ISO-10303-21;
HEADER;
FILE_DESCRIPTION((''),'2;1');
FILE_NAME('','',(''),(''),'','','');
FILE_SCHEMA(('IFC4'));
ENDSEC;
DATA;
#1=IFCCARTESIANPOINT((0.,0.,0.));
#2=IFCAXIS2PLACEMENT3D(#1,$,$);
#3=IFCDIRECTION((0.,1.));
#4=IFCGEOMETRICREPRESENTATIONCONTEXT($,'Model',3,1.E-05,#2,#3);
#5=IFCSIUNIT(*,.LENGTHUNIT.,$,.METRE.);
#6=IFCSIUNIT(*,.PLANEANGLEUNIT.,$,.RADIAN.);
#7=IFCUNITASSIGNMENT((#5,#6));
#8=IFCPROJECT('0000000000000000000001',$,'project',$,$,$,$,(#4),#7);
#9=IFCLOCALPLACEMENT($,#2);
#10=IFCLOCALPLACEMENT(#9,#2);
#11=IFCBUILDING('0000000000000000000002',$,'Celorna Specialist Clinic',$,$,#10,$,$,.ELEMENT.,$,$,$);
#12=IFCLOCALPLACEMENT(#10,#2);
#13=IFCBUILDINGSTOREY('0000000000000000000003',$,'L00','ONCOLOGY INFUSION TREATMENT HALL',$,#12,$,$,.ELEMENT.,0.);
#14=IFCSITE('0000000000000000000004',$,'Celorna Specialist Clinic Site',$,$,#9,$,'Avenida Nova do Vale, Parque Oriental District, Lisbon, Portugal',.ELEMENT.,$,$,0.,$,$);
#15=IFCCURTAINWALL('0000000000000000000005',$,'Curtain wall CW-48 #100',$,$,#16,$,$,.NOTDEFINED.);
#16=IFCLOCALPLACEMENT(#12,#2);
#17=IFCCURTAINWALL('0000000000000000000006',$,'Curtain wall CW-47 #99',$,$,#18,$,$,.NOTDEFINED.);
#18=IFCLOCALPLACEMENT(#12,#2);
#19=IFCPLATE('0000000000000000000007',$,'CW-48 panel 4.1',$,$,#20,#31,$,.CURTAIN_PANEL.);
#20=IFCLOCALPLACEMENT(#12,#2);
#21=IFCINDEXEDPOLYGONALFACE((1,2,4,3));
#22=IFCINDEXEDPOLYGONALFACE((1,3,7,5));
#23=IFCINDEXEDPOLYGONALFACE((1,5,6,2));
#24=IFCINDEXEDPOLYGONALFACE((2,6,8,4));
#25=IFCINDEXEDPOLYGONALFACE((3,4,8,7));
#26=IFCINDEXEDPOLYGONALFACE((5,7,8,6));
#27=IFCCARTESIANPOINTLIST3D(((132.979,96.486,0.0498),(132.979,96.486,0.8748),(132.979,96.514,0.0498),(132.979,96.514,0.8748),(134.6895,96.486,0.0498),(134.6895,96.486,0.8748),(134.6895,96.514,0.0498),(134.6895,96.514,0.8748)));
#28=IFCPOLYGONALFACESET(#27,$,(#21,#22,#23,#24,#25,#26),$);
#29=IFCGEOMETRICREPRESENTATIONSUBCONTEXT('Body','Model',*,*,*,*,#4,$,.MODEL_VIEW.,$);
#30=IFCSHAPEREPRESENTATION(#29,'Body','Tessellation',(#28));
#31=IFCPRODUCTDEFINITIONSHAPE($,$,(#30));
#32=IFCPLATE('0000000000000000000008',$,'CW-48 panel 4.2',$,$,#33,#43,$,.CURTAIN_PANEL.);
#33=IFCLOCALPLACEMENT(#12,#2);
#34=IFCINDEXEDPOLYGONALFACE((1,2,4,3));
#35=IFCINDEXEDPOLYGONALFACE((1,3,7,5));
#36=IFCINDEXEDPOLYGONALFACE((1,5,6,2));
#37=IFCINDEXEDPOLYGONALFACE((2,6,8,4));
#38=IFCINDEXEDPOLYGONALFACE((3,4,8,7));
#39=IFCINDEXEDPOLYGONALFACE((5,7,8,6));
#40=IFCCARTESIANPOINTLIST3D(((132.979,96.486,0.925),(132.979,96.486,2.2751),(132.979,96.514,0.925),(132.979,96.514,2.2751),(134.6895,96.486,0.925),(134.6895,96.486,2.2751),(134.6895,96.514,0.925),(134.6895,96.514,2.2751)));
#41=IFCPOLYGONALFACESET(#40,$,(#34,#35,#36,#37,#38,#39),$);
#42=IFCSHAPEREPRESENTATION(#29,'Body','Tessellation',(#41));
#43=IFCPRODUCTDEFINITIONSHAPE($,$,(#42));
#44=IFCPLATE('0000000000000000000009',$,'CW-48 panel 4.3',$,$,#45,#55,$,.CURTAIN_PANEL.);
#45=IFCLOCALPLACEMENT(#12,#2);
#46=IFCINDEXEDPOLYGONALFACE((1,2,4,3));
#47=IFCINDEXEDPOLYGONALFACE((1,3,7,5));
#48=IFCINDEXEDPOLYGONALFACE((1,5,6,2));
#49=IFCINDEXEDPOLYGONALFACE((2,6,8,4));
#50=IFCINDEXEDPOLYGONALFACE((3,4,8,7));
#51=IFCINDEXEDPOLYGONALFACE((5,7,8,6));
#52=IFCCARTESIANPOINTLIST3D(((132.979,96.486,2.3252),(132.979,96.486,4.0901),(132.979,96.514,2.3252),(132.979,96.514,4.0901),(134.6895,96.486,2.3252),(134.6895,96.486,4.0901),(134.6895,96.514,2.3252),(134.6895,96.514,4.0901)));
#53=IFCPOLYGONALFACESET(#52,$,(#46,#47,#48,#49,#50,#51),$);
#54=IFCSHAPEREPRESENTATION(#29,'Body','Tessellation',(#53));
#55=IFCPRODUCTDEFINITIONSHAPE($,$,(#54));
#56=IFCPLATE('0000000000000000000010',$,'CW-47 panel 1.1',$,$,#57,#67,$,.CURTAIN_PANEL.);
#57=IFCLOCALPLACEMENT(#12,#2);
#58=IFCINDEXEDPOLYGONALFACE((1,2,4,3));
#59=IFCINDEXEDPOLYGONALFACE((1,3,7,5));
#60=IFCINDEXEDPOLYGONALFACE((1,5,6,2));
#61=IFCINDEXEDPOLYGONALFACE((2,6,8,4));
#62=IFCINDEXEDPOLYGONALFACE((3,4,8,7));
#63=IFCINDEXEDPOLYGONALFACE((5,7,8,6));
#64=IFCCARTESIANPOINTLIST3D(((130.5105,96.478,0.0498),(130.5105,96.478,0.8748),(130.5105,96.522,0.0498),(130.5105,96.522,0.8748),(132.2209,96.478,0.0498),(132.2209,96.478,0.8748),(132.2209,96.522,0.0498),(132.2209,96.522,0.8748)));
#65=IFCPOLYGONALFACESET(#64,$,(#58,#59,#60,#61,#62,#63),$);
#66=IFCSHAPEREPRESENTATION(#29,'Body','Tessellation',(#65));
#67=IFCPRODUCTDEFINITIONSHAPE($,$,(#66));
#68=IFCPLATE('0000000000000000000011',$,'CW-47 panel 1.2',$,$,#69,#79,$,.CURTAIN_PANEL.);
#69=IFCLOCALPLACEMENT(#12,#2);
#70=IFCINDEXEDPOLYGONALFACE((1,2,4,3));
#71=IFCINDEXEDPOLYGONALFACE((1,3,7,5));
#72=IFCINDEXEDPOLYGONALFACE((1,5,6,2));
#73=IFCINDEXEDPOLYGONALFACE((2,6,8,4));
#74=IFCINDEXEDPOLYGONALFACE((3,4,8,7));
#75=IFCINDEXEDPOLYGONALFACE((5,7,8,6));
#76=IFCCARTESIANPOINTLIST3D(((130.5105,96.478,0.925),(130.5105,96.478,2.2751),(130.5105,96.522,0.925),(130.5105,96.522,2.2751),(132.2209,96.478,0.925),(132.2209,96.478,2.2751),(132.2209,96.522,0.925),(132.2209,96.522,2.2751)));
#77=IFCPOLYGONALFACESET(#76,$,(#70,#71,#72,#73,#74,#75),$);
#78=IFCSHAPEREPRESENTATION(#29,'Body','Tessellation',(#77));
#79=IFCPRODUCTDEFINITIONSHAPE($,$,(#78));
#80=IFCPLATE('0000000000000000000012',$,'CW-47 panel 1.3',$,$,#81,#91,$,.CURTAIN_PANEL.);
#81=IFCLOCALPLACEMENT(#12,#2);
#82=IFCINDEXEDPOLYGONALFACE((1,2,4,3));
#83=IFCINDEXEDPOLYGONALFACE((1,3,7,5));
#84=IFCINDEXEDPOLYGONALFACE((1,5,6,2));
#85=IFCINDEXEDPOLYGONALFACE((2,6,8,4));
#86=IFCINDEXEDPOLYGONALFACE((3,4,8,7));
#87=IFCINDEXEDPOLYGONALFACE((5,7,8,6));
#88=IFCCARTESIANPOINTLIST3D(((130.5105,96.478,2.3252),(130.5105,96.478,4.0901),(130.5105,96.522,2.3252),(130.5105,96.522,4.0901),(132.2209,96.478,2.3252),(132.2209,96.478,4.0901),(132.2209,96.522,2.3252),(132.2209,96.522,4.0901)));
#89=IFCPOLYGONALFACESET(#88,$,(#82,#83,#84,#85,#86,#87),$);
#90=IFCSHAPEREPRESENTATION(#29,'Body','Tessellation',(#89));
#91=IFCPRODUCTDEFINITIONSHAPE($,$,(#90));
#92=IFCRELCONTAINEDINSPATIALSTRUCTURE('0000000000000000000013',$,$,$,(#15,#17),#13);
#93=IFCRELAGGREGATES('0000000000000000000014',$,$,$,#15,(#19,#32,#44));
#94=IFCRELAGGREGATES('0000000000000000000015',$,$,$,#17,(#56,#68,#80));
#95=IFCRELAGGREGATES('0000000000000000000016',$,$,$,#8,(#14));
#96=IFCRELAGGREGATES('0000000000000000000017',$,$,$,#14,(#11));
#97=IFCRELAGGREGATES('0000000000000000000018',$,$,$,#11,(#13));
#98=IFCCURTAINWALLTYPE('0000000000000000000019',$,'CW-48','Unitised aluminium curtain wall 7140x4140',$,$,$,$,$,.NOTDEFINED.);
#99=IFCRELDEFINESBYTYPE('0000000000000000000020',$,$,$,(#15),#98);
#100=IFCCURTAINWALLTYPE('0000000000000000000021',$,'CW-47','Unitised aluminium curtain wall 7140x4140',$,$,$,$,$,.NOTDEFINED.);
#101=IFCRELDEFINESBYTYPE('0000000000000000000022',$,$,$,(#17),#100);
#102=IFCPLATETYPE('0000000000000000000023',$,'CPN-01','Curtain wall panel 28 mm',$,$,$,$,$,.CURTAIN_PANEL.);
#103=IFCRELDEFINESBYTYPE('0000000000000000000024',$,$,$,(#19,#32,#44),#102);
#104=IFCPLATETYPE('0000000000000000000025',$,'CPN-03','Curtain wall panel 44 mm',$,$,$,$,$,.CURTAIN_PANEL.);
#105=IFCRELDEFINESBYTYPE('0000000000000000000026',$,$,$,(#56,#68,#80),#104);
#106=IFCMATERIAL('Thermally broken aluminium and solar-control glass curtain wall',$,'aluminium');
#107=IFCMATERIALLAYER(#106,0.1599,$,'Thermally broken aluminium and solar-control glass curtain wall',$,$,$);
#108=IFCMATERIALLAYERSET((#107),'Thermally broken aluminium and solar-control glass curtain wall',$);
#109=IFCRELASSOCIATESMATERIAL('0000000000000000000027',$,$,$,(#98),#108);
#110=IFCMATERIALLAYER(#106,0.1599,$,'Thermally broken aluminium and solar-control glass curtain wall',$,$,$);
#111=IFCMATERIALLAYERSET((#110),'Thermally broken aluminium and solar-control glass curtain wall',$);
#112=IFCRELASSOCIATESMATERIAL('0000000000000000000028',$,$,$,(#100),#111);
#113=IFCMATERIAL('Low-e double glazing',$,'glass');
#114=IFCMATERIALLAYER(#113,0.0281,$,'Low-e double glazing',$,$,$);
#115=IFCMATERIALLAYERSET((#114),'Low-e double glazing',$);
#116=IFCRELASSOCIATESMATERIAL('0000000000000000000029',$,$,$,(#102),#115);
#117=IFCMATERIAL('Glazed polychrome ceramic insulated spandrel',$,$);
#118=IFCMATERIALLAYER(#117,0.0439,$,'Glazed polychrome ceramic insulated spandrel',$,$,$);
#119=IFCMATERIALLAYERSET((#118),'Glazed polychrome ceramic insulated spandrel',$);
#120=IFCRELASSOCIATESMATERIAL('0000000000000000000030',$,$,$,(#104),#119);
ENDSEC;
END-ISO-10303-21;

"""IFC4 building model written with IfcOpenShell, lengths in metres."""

from ifc_helpers import new_model, si_unit, direction, frame, origin, origin_2d, place, context, subcontext, project, spatial, rectangle, extrude, material, layer, layer_set, type_object, element, aggregate, save


model = new_model("IFC4")

# Units and contexts
model_context = context("Model", 3, precision=1e-05, world=origin(), true_north=direction((0.0, 1.0)))
body_context = subcontext(model_context, "Body", "Model", "MODEL_VIEW")
ifc_project = project(units=[si_unit("LENGTHUNIT", "METRE"), si_unit("PLANEANGLEUNIT", "RADIAN")], contexts=[model_context])

# Site, building, storey
site_placement = place(None, origin())
site = spatial("IfcSite", under=ifc_project, at=site_placement, Name="Celorna Specialist Clinic Site", LongName="Avenida Nova do Vale, Parque Oriental District, Lisbon, Portugal", CompositionType="ELEMENT", RefElevation=0.0)
building_placement = place(site_placement, origin())
building = spatial("IfcBuilding", under=site, at=building_placement, Name="Celorna Specialist Clinic", CompositionType="ELEMENT")
storey_placement = place(building_placement, origin())
storey = spatial("IfcBuildingStorey", under=building, at=storey_placement, Name="L00", Description="ONCOLOGY INFUSION TREATMENT HALL", CompositionType="ELEMENT", Elevation=0.0)

# Curtain walls
ifc_material_1 = material(Name="Thermally broken aluminium and solar-control glass curtain wall", Category="aluminium")
ifc_layer_1 = layer(ifc_material_1, 0.1599, Name="Thermally broken aluminium and solar-control glass curtain wall")
ifc_layer_set_1 = layer_set([ifc_layer_1], Name="Thermally broken aluminium and solar-control glass curtain wall")
curtain_wall_type_1 = type_object("IfcCurtainWallType", Name="CW-48", Description="Unitised aluminium curtain wall 7140x4140", PredefinedType="NOTDEFINED", material=ifc_layer_set_1)
curtain_wall_1_placement = place(storey_placement, origin())
curtain_wall_1 = element("IfcCurtainWall", 1, at=curtain_wall_1_placement, inside=storey, type_object=curtain_wall_type_1, Name="Curtain wall CW-48 #100", PredefinedType="NOTDEFINED")
ifc_layer_2 = layer(ifc_material_1, 0.1599, Name="Thermally broken aluminium and solar-control glass curtain wall")
ifc_layer_set_2 = layer_set([ifc_layer_2], Name="Thermally broken aluminium and solar-control glass curtain wall")
curtain_wall_type_2 = type_object("IfcCurtainWallType", Name="CW-47", Description="Unitised aluminium curtain wall 7140x4140", PredefinedType="NOTDEFINED", material=ifc_layer_set_2)
curtain_wall_2_placement = place(storey_placement, origin())
curtain_wall_2 = element("IfcCurtainWall", 2, at=curtain_wall_2_placement, inside=storey, type_object=curtain_wall_type_2, Name="Curtain wall CW-47 #99", PredefinedType="NOTDEFINED")

# Plates
ifc_material_2 = material(Name="Low-e double glazing", Category="glass")
ifc_layer_3 = layer(ifc_material_2, 0.0281, Name="Low-e double glazing")
ifc_layer_set_3 = layer_set([ifc_layer_3], Name="Low-e double glazing")
plate_type_1 = type_object("IfcPlateType", Name="CPN-01", Description="Curtain wall panel 28 mm", PredefinedType="CURTAIN_PANEL", material=ifc_layer_set_3)
plate_1_placement = place(storey_placement, frame((133.8342, 96.5, 0.0498), z_axis=(0.0, 0.0, 1.0), x_axis=(-1.0, 0.0, 0.0)))
plate_1 = element("IfcPlate", 3, at=plate_1_placement, type_object=plate_type_1, Name="CW-48 panel 4.1", PredefinedType="CURTAIN_PANEL", context=body_context, shape_type="SweptSolid", body=[
    extrude(rectangle(XDim=1.7104, YDim=0.0281, at=origin_2d()), origin(), (0.0, 0.0, 1.0), 0.825),
])
plate_2_placement = place(storey_placement, frame((133.8342, 96.5, 0.925), z_axis=(0.0, 0.0, 1.0), x_axis=(-1.0, 0.0, 0.0)))
plate_2 = element("IfcPlate", 4, at=plate_2_placement, type_object=plate_type_1, Name="CW-48 panel 4.2", PredefinedType="CURTAIN_PANEL", context=body_context, shape_type="SweptSolid", body=[
    extrude(rectangle(XDim=1.7104, YDim=0.0281, at=origin_2d()), origin(), (0.0, 0.0, 1.0), 1.3501),
])
plate_3_placement = place(storey_placement, frame((133.8342, 96.5, 2.3252), z_axis=(0.0, 0.0, 1.0), x_axis=(-1.0, 0.0, 0.0)))
plate_3 = element("IfcPlate", 5, at=plate_3_placement, type_object=plate_type_1, Name="CW-48 panel 4.3", PredefinedType="CURTAIN_PANEL", context=body_context, shape_type="SweptSolid", body=[
    extrude(rectangle(XDim=1.7104, YDim=0.0281, at=origin_2d()), origin(), (0.0, 0.0, 1.0), 1.7649),
])
aggregate(curtain_wall_1, [plate_1, plate_2, plate_3])
ifc_material_3 = material(Name="Glazed polychrome ceramic insulated spandrel")
ifc_layer_4 = layer(ifc_material_3, 0.0439, Name="Glazed polychrome ceramic insulated spandrel")
ifc_layer_set_4 = layer_set([ifc_layer_4], Name="Glazed polychrome ceramic insulated spandrel")
plate_type_2 = type_object("IfcPlateType", Name="CPN-03", Description="Curtain wall panel 44 mm", PredefinedType="CURTAIN_PANEL", material=ifc_layer_set_4)
plate_4_placement = place(storey_placement, frame((131.3657, 96.5, 0.0498), z_axis=(0.0, 0.0, 1.0), x_axis=(-1.0, 0.0, 0.0)))
plate_4 = element("IfcPlate", 6, at=plate_4_placement, type_object=plate_type_2, Name="CW-47 panel 1.1", PredefinedType="CURTAIN_PANEL", context=body_context, shape_type="SweptSolid", body=[
    extrude(rectangle(XDim=1.7104, YDim=0.0439, at=origin_2d()), origin(), (0.0, 0.0, 1.0), 0.825),
])
plate_5_placement = place(storey_placement, frame((131.3657, 96.5, 0.925), z_axis=(0.0, 0.0, 1.0), x_axis=(-1.0, 0.0, 0.0)))
plate_5 = element("IfcPlate", 7, at=plate_5_placement, type_object=plate_type_2, Name="CW-47 panel 1.2", PredefinedType="CURTAIN_PANEL", context=body_context, shape_type="SweptSolid", body=[
    extrude(rectangle(XDim=1.7104, YDim=0.0439, at=origin_2d()), origin(), (0.0, 0.0, 1.0), 1.3501),
])
plate_6_placement = place(storey_placement, frame((131.3657, 96.5, 2.3252), z_axis=(0.0, 0.0, 1.0), x_axis=(-1.0, 0.0, 0.0)))
plate_6 = element("IfcPlate", 8, at=plate_6_placement, type_object=plate_type_2, Name="CW-47 panel 1.3", PredefinedType="CURTAIN_PANEL", context=body_context, shape_type="SweptSolid", body=[
    extrude(rectangle(XDim=1.7104, YDim=0.0439, at=origin_2d()), origin(), (0.0, 0.0, 1.0), 1.7649),
])
aggregate(curtain_wall_2, [plate_4, plate_5, plate_6])

save(model, "model.ifc")
